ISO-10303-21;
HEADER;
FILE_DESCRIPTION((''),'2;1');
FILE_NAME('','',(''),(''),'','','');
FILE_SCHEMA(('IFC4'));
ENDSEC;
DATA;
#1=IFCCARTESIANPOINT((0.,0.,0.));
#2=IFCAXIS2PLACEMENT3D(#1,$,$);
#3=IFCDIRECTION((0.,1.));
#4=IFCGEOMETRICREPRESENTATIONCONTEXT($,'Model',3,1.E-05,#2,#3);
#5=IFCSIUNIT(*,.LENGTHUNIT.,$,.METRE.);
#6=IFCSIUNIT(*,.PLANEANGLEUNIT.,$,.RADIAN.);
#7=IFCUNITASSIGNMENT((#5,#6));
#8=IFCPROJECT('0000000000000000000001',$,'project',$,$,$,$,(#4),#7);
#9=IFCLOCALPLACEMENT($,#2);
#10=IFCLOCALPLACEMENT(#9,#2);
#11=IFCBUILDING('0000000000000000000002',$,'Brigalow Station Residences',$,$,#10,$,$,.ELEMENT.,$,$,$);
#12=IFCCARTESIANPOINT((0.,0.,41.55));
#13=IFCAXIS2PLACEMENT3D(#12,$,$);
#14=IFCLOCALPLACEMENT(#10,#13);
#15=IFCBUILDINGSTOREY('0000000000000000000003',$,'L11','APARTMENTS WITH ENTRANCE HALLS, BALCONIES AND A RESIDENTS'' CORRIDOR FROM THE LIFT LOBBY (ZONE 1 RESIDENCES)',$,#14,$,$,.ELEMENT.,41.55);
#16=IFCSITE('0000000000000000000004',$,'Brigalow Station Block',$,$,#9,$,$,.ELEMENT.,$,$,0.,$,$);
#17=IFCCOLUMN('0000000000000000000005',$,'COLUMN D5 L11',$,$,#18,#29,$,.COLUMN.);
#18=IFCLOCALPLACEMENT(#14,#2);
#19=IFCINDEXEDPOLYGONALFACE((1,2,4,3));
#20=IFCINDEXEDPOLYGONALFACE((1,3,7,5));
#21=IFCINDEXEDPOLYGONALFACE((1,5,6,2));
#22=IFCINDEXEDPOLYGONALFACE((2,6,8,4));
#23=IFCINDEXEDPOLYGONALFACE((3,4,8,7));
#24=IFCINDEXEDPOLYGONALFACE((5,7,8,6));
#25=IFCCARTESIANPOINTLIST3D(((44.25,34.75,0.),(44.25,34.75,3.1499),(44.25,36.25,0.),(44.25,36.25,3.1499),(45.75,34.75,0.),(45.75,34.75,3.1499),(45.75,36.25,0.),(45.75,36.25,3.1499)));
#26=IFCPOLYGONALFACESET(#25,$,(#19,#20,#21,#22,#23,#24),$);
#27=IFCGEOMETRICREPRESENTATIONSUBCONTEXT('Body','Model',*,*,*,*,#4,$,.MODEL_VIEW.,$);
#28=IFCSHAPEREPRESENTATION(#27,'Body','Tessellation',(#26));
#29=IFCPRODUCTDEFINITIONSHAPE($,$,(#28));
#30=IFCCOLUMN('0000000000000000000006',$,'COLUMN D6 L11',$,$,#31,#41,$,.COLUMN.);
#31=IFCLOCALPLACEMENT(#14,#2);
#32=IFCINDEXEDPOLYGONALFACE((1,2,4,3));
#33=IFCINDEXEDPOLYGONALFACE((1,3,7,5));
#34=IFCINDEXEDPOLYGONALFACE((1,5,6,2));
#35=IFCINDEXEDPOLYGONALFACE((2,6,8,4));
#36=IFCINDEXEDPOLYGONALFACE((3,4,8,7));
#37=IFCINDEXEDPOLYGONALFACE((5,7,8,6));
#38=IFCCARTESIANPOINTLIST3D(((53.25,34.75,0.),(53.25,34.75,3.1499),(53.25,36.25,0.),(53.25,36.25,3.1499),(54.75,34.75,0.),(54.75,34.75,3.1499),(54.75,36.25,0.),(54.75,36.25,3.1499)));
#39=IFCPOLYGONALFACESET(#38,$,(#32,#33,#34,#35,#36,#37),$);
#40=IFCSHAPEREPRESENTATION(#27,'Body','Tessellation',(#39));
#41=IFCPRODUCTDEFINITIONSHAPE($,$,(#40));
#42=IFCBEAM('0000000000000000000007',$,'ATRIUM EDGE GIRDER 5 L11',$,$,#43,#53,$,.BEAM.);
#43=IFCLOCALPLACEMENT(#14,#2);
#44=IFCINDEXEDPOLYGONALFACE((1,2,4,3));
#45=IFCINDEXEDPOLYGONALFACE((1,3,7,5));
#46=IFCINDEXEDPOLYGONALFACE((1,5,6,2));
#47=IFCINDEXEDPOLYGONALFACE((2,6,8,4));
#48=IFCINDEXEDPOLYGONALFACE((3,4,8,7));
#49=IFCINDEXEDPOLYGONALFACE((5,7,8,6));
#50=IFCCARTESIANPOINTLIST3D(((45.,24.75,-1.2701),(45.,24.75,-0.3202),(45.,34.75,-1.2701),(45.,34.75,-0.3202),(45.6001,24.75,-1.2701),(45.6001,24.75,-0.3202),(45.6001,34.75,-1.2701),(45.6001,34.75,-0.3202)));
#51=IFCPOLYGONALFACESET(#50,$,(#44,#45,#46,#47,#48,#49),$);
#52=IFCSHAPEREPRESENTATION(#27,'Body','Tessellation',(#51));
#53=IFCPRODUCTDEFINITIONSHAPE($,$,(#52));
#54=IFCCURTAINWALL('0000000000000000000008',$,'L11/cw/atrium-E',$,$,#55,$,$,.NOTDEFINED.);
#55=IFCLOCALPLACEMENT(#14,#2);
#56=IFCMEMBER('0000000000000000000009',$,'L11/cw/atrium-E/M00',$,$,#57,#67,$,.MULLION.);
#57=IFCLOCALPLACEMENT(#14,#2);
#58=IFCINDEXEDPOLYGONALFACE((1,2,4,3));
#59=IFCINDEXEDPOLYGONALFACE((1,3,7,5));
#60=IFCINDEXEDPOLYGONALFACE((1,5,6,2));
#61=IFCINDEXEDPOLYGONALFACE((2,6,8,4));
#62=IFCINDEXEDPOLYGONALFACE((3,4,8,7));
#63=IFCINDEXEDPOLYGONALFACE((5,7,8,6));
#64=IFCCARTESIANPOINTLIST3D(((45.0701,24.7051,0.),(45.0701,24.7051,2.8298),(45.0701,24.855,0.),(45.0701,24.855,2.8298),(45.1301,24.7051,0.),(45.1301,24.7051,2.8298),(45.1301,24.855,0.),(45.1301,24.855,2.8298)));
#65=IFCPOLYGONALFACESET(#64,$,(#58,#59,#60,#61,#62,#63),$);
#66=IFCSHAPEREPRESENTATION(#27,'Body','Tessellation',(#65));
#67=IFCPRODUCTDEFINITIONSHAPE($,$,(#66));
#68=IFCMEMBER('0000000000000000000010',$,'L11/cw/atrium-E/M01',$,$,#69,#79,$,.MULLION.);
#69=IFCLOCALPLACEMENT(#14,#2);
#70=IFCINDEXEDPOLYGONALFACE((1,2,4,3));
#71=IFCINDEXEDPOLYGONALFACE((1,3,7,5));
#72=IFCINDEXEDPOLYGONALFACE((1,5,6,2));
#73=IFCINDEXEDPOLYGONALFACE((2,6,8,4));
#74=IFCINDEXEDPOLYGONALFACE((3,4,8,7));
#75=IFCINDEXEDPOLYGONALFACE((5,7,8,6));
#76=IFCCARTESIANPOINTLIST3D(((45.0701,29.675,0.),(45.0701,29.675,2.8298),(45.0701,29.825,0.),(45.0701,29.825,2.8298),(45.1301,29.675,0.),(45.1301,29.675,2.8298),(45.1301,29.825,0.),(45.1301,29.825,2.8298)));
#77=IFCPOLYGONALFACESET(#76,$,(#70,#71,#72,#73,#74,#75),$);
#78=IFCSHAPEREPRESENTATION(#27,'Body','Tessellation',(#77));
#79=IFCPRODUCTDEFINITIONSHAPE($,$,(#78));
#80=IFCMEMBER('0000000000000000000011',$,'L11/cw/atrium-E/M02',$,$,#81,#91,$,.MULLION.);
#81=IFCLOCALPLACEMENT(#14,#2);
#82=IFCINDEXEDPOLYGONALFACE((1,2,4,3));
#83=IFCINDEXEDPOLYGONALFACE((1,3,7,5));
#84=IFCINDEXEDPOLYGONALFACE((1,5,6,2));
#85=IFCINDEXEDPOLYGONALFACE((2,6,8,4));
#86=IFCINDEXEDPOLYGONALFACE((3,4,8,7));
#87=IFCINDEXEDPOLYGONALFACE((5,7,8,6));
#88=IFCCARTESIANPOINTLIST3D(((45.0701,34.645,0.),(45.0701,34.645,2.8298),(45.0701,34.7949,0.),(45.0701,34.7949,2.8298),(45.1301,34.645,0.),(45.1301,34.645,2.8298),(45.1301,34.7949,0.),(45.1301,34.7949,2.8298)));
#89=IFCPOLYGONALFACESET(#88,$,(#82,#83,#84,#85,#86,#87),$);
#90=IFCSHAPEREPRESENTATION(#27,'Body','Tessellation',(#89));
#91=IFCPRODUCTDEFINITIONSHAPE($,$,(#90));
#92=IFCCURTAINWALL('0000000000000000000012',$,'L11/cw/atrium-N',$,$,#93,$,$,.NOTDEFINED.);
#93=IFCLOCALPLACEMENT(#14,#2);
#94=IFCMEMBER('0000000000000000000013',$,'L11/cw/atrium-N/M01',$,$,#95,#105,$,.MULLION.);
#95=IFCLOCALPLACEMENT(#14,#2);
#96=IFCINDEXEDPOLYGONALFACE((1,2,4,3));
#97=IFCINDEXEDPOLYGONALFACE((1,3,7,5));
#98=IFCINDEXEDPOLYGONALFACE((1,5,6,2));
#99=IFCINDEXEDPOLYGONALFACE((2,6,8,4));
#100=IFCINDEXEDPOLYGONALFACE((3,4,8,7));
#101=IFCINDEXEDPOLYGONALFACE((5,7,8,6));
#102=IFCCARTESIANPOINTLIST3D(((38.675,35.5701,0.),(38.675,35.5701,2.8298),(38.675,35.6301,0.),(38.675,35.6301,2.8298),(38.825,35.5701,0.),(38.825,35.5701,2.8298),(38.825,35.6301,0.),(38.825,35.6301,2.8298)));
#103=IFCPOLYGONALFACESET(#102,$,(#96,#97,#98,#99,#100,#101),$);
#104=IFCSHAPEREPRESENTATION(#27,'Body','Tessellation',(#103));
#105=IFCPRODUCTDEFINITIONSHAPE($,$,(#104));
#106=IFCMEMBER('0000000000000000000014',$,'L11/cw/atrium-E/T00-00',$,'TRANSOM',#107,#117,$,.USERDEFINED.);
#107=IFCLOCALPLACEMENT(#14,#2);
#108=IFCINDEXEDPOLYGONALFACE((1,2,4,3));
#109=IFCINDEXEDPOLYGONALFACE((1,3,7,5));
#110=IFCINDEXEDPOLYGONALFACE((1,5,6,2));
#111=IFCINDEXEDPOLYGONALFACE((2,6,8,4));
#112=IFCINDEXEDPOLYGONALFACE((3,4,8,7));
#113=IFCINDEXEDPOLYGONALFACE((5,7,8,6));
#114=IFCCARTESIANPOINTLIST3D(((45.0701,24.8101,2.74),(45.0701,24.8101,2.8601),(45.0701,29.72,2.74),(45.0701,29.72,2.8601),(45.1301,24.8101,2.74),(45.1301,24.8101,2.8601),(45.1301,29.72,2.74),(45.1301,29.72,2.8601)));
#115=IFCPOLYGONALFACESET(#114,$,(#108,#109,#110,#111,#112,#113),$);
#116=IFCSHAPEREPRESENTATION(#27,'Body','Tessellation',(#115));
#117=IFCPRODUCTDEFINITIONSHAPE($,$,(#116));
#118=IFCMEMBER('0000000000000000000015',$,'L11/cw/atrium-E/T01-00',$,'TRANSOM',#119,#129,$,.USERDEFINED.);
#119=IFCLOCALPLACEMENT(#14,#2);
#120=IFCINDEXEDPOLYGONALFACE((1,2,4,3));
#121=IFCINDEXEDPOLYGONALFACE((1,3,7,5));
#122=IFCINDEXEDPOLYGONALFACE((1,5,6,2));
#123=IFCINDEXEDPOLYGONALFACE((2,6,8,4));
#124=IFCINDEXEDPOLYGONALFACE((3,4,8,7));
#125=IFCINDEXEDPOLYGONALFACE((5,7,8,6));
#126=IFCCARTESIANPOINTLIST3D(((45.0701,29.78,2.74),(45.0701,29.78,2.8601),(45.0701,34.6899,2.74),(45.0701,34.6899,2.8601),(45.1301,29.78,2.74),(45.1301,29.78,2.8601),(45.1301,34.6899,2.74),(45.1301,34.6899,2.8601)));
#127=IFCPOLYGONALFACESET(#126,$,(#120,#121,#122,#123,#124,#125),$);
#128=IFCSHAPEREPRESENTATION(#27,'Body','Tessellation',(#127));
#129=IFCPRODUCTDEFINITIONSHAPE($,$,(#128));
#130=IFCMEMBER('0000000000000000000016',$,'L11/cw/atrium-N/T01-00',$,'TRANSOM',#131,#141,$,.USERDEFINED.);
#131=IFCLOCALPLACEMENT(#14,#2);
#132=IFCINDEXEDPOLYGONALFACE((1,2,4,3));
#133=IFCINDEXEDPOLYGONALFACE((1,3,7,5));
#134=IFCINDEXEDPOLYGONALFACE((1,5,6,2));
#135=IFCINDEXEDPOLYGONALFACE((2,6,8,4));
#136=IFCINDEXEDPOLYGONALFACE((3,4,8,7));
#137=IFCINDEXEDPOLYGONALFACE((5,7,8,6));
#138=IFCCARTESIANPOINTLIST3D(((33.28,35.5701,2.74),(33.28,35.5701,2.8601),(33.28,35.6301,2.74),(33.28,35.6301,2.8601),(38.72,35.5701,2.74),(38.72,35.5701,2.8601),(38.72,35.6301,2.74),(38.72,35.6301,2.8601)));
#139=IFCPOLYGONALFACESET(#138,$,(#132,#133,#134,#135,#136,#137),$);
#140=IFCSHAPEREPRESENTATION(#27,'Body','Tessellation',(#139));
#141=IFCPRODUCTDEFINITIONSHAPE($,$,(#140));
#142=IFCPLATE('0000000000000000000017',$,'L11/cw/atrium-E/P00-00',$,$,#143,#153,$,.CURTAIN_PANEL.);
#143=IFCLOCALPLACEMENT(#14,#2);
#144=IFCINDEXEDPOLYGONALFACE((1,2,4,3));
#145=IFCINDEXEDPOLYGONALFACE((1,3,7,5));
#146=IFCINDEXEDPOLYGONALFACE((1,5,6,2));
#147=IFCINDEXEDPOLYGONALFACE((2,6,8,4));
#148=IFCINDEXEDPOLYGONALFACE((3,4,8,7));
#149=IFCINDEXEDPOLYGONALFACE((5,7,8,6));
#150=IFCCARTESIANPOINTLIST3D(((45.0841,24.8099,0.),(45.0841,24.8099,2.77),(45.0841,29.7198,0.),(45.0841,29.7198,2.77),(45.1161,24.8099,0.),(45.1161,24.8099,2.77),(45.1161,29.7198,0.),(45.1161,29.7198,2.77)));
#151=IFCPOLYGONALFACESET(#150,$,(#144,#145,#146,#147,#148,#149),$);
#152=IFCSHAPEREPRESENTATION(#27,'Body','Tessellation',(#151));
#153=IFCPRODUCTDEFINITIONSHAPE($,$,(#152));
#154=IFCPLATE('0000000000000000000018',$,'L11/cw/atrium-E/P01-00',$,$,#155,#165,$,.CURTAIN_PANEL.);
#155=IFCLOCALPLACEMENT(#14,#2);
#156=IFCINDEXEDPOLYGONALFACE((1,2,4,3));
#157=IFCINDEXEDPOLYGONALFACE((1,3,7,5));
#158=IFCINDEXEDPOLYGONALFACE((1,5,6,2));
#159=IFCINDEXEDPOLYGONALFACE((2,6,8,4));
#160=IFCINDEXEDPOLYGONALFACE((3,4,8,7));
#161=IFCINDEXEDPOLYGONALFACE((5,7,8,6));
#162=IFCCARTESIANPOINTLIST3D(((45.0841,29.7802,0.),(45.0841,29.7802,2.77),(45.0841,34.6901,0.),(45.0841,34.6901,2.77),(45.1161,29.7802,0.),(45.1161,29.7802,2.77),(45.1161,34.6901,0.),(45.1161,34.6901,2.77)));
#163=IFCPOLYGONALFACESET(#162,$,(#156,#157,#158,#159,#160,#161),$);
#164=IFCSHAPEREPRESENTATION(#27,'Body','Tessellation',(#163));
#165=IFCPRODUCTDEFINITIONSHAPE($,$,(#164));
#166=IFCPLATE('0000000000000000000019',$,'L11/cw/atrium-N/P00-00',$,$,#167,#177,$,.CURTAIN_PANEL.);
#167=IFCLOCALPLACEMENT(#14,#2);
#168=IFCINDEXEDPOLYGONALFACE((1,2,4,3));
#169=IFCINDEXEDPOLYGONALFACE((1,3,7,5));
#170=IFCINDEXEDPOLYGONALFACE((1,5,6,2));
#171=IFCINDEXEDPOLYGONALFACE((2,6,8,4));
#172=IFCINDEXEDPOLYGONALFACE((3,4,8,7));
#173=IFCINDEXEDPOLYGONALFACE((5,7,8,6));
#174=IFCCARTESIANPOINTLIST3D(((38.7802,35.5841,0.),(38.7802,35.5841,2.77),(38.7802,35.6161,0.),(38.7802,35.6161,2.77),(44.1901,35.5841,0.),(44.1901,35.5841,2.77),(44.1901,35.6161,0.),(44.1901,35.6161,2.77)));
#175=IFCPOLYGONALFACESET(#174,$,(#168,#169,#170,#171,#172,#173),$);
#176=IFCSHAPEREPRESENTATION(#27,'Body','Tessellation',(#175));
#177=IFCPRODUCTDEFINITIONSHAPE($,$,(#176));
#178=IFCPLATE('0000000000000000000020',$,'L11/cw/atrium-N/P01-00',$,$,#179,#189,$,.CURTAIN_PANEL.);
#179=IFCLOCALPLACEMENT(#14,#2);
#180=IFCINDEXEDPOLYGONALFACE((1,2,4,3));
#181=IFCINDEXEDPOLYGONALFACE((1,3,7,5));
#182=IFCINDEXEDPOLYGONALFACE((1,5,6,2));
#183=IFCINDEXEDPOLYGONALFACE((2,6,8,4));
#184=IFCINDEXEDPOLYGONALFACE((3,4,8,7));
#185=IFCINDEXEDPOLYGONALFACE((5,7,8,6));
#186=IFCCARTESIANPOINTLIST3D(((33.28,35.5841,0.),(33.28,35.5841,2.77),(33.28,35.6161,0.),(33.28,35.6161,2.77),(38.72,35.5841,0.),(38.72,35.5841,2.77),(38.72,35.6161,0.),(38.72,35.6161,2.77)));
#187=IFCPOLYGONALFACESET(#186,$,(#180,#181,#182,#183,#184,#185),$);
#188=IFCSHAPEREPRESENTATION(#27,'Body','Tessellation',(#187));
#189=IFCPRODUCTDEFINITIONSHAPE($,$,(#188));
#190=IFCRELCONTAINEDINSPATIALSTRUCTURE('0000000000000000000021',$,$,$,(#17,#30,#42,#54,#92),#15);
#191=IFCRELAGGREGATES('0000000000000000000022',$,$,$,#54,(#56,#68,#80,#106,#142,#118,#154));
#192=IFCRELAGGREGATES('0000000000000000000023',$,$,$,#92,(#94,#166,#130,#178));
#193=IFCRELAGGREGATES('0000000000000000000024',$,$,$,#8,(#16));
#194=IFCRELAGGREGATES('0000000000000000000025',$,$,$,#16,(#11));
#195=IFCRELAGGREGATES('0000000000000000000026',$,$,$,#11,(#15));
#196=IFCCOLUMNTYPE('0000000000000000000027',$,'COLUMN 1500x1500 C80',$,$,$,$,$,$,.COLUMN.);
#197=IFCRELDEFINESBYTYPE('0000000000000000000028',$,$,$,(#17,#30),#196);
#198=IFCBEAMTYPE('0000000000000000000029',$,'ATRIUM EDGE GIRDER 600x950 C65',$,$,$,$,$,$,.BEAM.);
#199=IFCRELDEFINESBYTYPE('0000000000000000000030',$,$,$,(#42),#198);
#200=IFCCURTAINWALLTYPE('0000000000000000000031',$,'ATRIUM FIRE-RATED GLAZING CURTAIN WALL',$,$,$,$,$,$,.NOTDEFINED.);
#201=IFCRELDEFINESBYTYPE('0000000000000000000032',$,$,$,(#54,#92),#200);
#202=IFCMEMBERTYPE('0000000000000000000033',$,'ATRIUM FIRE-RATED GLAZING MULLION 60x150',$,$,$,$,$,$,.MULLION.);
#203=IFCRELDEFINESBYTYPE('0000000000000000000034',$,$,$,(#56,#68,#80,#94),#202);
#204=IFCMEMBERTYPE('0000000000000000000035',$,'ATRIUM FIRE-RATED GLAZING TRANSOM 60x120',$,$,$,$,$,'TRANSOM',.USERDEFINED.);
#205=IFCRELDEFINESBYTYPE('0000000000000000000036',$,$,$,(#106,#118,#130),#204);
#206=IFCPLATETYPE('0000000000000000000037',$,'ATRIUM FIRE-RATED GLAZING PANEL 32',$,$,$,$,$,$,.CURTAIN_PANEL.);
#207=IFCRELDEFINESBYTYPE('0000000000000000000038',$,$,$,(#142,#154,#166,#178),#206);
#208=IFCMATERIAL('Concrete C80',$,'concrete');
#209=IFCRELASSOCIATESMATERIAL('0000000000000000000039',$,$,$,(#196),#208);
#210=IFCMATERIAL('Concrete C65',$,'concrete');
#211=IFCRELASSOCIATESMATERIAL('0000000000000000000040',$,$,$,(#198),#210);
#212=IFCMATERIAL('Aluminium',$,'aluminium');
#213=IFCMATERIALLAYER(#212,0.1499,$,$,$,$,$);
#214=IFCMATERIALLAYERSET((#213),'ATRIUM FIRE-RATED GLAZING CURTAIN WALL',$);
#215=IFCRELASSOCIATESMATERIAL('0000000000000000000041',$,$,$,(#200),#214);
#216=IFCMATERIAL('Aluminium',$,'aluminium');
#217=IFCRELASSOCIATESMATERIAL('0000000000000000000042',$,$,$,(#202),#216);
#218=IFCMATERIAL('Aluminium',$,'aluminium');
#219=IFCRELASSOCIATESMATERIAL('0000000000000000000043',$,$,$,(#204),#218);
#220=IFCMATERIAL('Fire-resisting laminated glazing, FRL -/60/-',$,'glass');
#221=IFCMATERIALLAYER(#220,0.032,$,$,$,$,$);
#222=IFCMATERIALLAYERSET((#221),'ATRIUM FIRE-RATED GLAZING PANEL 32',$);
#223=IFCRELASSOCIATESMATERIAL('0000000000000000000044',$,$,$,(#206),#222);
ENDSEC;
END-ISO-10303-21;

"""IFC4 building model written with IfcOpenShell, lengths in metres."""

from ifc_helpers import new_model, si_unit, direction, frame, origin, origin_2d, place, context, subcontext, project, spatial, rectangle, extrude, material, layer, layer_set, material_profile, profile_set, type_object, element, aggregate, save


model = new_model("IFC4")

# Units and contexts
model_context = context("Model", 3, precision=1e-05, world=origin(), true_north=direction((0.0, 1.0)))
body_context = subcontext(model_context, "Body", "Model", "MODEL_VIEW")
ifc_project = project(units=[si_unit("LENGTHUNIT", "METRE"), si_unit("PLANEANGLEUNIT", "RADIAN")], contexts=[model_context])

# Site, building, storey
site_placement = place(None, origin())
site = spatial("IfcSite", under=ifc_project, at=site_placement, Name="Brigalow Station Block", CompositionType="ELEMENT", RefElevation=0.0)
building_placement = place(site_placement, origin())
building = spatial("IfcBuilding", under=site, at=building_placement, Name="Brigalow Station Residences", CompositionType="ELEMENT")
storey_placement = place(building_placement, frame((0.0, 0.0, 41.55)))
storey = spatial("IfcBuildingStorey", under=building, at=storey_placement, Name="L11", Description="APARTMENTS WITH ENTRANCE HALLS, BALCONIES AND A RESIDENTS' CORRIDOR FROM THE LIFT LOBBY (ZONE 1 RESIDENCES)", CompositionType="ELEMENT", Elevation=41.55)

# Columns
ifc_material_1 = material(Name="Concrete C80", Category="concrete")
ifc_material_profile_1 = material_profile(ifc_material_1, rectangle(XDim=1.5, YDim=1.5, at=origin_2d()), Name="RC1500x1500")
ifc_profile_set_1 = profile_set([ifc_material_profile_1], Name="Concrete C80")
column_type = type_object("IfcColumnType", Name="COLUMN 1500x1500 C80", PredefinedType="COLUMN", material=ifc_profile_set_1)
for number, where, z_axis, x_axis, name in (
    (1, (45.0, 35.5, 0.0), (0.0, 0.0, 1.0), (1.0, 0.0, 0.0), "COLUMN D5 L11"),
    (2, (54.0, 35.5, 0.0), (0.0, 0.0, 1.0), (1.0, 0.0, 0.0), "COLUMN D6 L11"),
):
    element("IfcColumn", number, at=place(storey_placement, frame(where, z_axis=z_axis, x_axis=x_axis)), inside=storey, type_object=column_type, Name=name, PredefinedType="COLUMN", context=body_context, shape_type="SweptSolid", body=[
        extrude(rectangle(XDim=1.5, YDim=1.5, at=origin_2d()), origin(), (0.0, 0.0, 1.0), 3.1499),
    ])

# Beam
ifc_material_2 = material(Name="Concrete C65", Category="concrete")
ifc_material_profile_2 = material_profile(ifc_material_2, rectangle(XDim=0.6001, YDim=0.95, at=origin_2d()), Name="RC600x950")
ifc_profile_set_2 = profile_set([ifc_material_profile_2], Name="Concrete C65")
beam_type = type_object("IfcBeamType", Name="ATRIUM EDGE GIRDER 600x950 C65", PredefinedType="BEAM", material=ifc_profile_set_2)
beam_placement = place(storey_placement, frame((45.3, 24.75, -0.7952), z_axis=(0.0, 1.0, 0.0), x_axis=(-1.0, 0.0, 0.0)))
element("IfcBeam", 3, at=beam_placement, inside=storey, type_object=beam_type, Name="ATRIUM EDGE GIRDER 5 L11", PredefinedType="BEAM", context=body_context, shape_type="SweptSolid", body=[
    extrude(rectangle(XDim=0.6001, YDim=0.95, at=origin_2d()), origin(), (0.0, 0.0, 1.0), 10.0),
])

# Curtain wall, members
ifc_material_3 = material(Name="Aluminium", Category="aluminium")
ifc_layer_1 = layer(ifc_material_3, 0.1499)
ifc_layer_set_1 = layer_set([ifc_layer_1], Name="ATRIUM FIRE-RATED GLAZING CURTAIN WALL")
curtain_wall_type = type_object("IfcCurtainWallType", Name="ATRIUM FIRE-RATED GLAZING CURTAIN WALL", PredefinedType="NOTDEFINED", material=ifc_layer_set_1)
curtain_wall_1_placement = place(storey_placement, origin())
curtain_wall_1 = element("IfcCurtainWall", 4, at=curtain_wall_1_placement, inside=storey, type_object=curtain_wall_type, Name="L11/cw/atrium-E", PredefinedType="NOTDEFINED")
ifc_material_4 = material(Name="Aluminium", Category="aluminium")
ifc_material_profile_3 = material_profile(ifc_material_4, rectangle(XDim=0.0601, YDim=0.1499, at=origin_2d()), Name="ATRIUM FIRE-RATED GLAZING MULLION 60x150")
ifc_profile_set_3 = profile_set([ifc_material_profile_3], Name="Aluminium")
member_type_1 = type_object("IfcMemberType", Name="ATRIUM FIRE-RATED GLAZING MULLION 60x150", PredefinedType="MULLION", material=ifc_profile_set_3)
member_1_placement = place(storey_placement, frame((45.1001, 24.78, 0.0), z_axis=(0.0, 0.0, 1.0), x_axis=(-1.0, 0.0, 0.0)))
member_1 = element("IfcMember", 5, at=member_1_placement, type_object=member_type_1, Name="L11/cw/atrium-E/M00", PredefinedType="MULLION", context=body_context, shape_type="SweptSolid", body=[
    extrude(rectangle(XDim=0.0601, YDim=0.1499, at=origin_2d()), origin(), (0.0, 0.0, 1.0), 2.8298),
])
member_2_placement = place(storey_placement, frame((45.1001, 29.75, 0.0), z_axis=(0.0, 0.0, 1.0), x_axis=(-1.0, 0.0, 0.0)))
member_2 = element("IfcMember", 6, at=member_2_placement, type_object=member_type_1, Name="L11/cw/atrium-E/M01", PredefinedType="MULLION", context=body_context, shape_type="SweptSolid", body=[
    extrude(rectangle(XDim=0.0601, YDim=0.1499, at=origin_2d()), origin(), (0.0, 0.0, 1.0), 2.8298),
])
member_3_placement = place(storey_placement, frame((45.1001, 34.72, 0.0), z_axis=(0.0, 0.0, 1.0), x_axis=(-1.0, 0.0, 0.0)))
member_3 = element("IfcMember", 7, at=member_3_placement, type_object=member_type_1, Name="L11/cw/atrium-E/M02", PredefinedType="MULLION", context=body_context, shape_type="SweptSolid", body=[
    extrude(rectangle(XDim=0.0601, YDim=0.1499, at=origin_2d()), origin(), (0.0, 0.0, 1.0), 2.8298),
])

# Curtain wall, member
curtain_wall_2_placement = place(storey_placement, origin())
curtain_wall_2 = element("IfcCurtainWall", 8, at=curtain_wall_2_placement, inside=storey, type_object=curtain_wall_type, Name="L11/cw/atrium-N", PredefinedType="NOTDEFINED")
member_4_placement = place(storey_placement, frame((38.75, 35.6001, 0.0), z_axis=(0.0, 0.0, 1.0), x_axis=(0.0, -1.0, 0.0)))
member_4 = element("IfcMember", 9, at=member_4_placement, type_object=member_type_1, Name="L11/cw/atrium-N/M01", PredefinedType="MULLION", context=body_context, shape_type="SweptSolid", body=[
    extrude(rectangle(XDim=0.0601, YDim=0.1499, at=origin_2d()), origin(), (0.0, 0.0, 1.0), 2.8298),
])

# Members
ifc_material_5 = material(Name="Aluminium", Category="aluminium")
ifc_material_profile_4 = material_profile(ifc_material_5, rectangle(XDim=0.0601, YDim=0.1201, at=origin_2d()), Name="ATRIUM FIRE-RATED GLAZING TRANSOM 60x120")
ifc_profile_set_4 = profile_set([ifc_material_profile_4], Name="Aluminium")
member_type_2 = type_object("IfcMemberType", Name="ATRIUM FIRE-RATED GLAZING TRANSOM 60x120", ElementType="TRANSOM", PredefinedType="USERDEFINED", material=ifc_profile_set_4)
member_5_placement = place(storey_placement, frame((45.1001, 24.8101, 2.8), z_axis=(0.0, 1.0, 0.0), x_axis=(-1.0, 0.0, 0.0)))
member_5 = element("IfcMember", 10, at=member_5_placement, type_object=member_type_2, Name="L11/cw/atrium-E/T00-00", ObjectType="TRANSOM", PredefinedType="USERDEFINED", context=body_context, shape_type="SweptSolid", body=[
    extrude(rectangle(XDim=0.0601, YDim=0.1201, at=origin_2d()), origin(), (0.0, 0.0, 1.0), 4.9099),
])
member_6_placement = place(storey_placement, frame((45.1001, 29.78, 2.8), z_axis=(0.0, 1.0, 0.0), x_axis=(-1.0, 0.0, 0.0)))
member_6 = element("IfcMember", 11, at=member_6_placement, type_object=member_type_2, Name="L11/cw/atrium-E/T01-00", ObjectType="TRANSOM", PredefinedType="USERDEFINED", context=body_context, shape_type="SweptSolid", body=[
    extrude(rectangle(XDim=0.0601, YDim=0.1201, at=origin_2d()), origin(), (0.0, 0.0, 1.0), 4.9099),
])
member_7_placement = place(storey_placement, frame((38.72, 35.6001, 2.8), z_axis=(-1.0, 0.0, 0.0), x_axis=(0.0, -1.0, 0.0)))
member_7 = element("IfcMember", 12, at=member_7_placement, type_object=member_type_2, Name="L11/cw/atrium-N/T01-00", ObjectType="TRANSOM", PredefinedType="USERDEFINED", context=body_context, shape_type="SweptSolid", body=[
    extrude(rectangle(XDim=0.0601, YDim=0.1201, at=origin_2d()), origin(), (0.0, 0.0, 1.0), 5.4399),
])

# Plates
ifc_material_6 = material(Name="Fire-resisting laminated glazing, FRL -/60/-", Category="glass")
ifc_layer_2 = layer(ifc_material_6, 0.032)
ifc_layer_set_2 = layer_set([ifc_layer_2], Name="ATRIUM FIRE-RATED GLAZING PANEL 32")
plate_type = type_object("IfcPlateType", Name="ATRIUM FIRE-RATED GLAZING PANEL 32", PredefinedType="CURTAIN_PANEL", material=ifc_layer_set_2)
plate_1_placement = place(storey_placement, frame((45.1001, 27.2649, 0.0), z_axis=(0.0, 0.0, 1.0), x_axis=(0.0, 1.0, 0.0)))
plate_1 = element("IfcPlate", 13, at=plate_1_placement, type_object=plate_type, Name="L11/cw/atrium-E/P00-00", PredefinedType="CURTAIN_PANEL", context=body_context, shape_type="SweptSolid", body=[
    extrude(rectangle(XDim=4.9099, YDim=0.032, at=origin_2d()), origin(), (0.0, 0.0, 1.0), 2.77),
])
plate_2_placement = place(storey_placement, frame((45.1001, 32.2351, 0.0), z_axis=(0.0, 0.0, 1.0), x_axis=(0.0, 1.0, 0.0)))
plate_2 = element("IfcPlate", 14, at=plate_2_placement, type_object=plate_type, Name="L11/cw/atrium-E/P01-00", PredefinedType="CURTAIN_PANEL", context=body_context, shape_type="SweptSolid", body=[
    extrude(rectangle(XDim=4.9099, YDim=0.032, at=origin_2d()), origin(), (0.0, 0.0, 1.0), 2.77),
])
aggregate(curtain_wall_1, [member_1, member_2, member_3, member_5, plate_1, member_6, plate_2])
plate_3_placement = place(storey_placement, frame((41.4851, 35.6001, 0.0), z_axis=(0.0, 0.0, 1.0), x_axis=(-1.0, 0.0, 0.0)))
plate_3 = element("IfcPlate", 15, at=plate_3_placement, type_object=plate_type, Name="L11/cw/atrium-N/P00-00", PredefinedType="CURTAIN_PANEL", context=body_context, shape_type="SweptSolid", body=[
    extrude(rectangle(XDim=5.4099, YDim=0.032, at=origin_2d()), origin(), (0.0, 0.0, 1.0), 2.77),
])
plate_4_placement = place(storey_placement, frame((36.0, 35.6001, 0.0), z_axis=(0.0, 0.0, 1.0), x_axis=(-1.0, 0.0, 0.0)))
plate_4 = element("IfcPlate", 16, at=plate_4_placement, type_object=plate_type, Name="L11/cw/atrium-N/P01-00", PredefinedType="CURTAIN_PANEL", context=body_context, shape_type="SweptSolid", body=[
    extrude(rectangle(XDim=5.4399, YDim=0.032, at=origin_2d()), origin(), (0.0, 0.0, 1.0), 2.77),
])
aggregate(curtain_wall_2, [member_4, plate_3, member_7, plate_4])

save(model, "model.ifc")
